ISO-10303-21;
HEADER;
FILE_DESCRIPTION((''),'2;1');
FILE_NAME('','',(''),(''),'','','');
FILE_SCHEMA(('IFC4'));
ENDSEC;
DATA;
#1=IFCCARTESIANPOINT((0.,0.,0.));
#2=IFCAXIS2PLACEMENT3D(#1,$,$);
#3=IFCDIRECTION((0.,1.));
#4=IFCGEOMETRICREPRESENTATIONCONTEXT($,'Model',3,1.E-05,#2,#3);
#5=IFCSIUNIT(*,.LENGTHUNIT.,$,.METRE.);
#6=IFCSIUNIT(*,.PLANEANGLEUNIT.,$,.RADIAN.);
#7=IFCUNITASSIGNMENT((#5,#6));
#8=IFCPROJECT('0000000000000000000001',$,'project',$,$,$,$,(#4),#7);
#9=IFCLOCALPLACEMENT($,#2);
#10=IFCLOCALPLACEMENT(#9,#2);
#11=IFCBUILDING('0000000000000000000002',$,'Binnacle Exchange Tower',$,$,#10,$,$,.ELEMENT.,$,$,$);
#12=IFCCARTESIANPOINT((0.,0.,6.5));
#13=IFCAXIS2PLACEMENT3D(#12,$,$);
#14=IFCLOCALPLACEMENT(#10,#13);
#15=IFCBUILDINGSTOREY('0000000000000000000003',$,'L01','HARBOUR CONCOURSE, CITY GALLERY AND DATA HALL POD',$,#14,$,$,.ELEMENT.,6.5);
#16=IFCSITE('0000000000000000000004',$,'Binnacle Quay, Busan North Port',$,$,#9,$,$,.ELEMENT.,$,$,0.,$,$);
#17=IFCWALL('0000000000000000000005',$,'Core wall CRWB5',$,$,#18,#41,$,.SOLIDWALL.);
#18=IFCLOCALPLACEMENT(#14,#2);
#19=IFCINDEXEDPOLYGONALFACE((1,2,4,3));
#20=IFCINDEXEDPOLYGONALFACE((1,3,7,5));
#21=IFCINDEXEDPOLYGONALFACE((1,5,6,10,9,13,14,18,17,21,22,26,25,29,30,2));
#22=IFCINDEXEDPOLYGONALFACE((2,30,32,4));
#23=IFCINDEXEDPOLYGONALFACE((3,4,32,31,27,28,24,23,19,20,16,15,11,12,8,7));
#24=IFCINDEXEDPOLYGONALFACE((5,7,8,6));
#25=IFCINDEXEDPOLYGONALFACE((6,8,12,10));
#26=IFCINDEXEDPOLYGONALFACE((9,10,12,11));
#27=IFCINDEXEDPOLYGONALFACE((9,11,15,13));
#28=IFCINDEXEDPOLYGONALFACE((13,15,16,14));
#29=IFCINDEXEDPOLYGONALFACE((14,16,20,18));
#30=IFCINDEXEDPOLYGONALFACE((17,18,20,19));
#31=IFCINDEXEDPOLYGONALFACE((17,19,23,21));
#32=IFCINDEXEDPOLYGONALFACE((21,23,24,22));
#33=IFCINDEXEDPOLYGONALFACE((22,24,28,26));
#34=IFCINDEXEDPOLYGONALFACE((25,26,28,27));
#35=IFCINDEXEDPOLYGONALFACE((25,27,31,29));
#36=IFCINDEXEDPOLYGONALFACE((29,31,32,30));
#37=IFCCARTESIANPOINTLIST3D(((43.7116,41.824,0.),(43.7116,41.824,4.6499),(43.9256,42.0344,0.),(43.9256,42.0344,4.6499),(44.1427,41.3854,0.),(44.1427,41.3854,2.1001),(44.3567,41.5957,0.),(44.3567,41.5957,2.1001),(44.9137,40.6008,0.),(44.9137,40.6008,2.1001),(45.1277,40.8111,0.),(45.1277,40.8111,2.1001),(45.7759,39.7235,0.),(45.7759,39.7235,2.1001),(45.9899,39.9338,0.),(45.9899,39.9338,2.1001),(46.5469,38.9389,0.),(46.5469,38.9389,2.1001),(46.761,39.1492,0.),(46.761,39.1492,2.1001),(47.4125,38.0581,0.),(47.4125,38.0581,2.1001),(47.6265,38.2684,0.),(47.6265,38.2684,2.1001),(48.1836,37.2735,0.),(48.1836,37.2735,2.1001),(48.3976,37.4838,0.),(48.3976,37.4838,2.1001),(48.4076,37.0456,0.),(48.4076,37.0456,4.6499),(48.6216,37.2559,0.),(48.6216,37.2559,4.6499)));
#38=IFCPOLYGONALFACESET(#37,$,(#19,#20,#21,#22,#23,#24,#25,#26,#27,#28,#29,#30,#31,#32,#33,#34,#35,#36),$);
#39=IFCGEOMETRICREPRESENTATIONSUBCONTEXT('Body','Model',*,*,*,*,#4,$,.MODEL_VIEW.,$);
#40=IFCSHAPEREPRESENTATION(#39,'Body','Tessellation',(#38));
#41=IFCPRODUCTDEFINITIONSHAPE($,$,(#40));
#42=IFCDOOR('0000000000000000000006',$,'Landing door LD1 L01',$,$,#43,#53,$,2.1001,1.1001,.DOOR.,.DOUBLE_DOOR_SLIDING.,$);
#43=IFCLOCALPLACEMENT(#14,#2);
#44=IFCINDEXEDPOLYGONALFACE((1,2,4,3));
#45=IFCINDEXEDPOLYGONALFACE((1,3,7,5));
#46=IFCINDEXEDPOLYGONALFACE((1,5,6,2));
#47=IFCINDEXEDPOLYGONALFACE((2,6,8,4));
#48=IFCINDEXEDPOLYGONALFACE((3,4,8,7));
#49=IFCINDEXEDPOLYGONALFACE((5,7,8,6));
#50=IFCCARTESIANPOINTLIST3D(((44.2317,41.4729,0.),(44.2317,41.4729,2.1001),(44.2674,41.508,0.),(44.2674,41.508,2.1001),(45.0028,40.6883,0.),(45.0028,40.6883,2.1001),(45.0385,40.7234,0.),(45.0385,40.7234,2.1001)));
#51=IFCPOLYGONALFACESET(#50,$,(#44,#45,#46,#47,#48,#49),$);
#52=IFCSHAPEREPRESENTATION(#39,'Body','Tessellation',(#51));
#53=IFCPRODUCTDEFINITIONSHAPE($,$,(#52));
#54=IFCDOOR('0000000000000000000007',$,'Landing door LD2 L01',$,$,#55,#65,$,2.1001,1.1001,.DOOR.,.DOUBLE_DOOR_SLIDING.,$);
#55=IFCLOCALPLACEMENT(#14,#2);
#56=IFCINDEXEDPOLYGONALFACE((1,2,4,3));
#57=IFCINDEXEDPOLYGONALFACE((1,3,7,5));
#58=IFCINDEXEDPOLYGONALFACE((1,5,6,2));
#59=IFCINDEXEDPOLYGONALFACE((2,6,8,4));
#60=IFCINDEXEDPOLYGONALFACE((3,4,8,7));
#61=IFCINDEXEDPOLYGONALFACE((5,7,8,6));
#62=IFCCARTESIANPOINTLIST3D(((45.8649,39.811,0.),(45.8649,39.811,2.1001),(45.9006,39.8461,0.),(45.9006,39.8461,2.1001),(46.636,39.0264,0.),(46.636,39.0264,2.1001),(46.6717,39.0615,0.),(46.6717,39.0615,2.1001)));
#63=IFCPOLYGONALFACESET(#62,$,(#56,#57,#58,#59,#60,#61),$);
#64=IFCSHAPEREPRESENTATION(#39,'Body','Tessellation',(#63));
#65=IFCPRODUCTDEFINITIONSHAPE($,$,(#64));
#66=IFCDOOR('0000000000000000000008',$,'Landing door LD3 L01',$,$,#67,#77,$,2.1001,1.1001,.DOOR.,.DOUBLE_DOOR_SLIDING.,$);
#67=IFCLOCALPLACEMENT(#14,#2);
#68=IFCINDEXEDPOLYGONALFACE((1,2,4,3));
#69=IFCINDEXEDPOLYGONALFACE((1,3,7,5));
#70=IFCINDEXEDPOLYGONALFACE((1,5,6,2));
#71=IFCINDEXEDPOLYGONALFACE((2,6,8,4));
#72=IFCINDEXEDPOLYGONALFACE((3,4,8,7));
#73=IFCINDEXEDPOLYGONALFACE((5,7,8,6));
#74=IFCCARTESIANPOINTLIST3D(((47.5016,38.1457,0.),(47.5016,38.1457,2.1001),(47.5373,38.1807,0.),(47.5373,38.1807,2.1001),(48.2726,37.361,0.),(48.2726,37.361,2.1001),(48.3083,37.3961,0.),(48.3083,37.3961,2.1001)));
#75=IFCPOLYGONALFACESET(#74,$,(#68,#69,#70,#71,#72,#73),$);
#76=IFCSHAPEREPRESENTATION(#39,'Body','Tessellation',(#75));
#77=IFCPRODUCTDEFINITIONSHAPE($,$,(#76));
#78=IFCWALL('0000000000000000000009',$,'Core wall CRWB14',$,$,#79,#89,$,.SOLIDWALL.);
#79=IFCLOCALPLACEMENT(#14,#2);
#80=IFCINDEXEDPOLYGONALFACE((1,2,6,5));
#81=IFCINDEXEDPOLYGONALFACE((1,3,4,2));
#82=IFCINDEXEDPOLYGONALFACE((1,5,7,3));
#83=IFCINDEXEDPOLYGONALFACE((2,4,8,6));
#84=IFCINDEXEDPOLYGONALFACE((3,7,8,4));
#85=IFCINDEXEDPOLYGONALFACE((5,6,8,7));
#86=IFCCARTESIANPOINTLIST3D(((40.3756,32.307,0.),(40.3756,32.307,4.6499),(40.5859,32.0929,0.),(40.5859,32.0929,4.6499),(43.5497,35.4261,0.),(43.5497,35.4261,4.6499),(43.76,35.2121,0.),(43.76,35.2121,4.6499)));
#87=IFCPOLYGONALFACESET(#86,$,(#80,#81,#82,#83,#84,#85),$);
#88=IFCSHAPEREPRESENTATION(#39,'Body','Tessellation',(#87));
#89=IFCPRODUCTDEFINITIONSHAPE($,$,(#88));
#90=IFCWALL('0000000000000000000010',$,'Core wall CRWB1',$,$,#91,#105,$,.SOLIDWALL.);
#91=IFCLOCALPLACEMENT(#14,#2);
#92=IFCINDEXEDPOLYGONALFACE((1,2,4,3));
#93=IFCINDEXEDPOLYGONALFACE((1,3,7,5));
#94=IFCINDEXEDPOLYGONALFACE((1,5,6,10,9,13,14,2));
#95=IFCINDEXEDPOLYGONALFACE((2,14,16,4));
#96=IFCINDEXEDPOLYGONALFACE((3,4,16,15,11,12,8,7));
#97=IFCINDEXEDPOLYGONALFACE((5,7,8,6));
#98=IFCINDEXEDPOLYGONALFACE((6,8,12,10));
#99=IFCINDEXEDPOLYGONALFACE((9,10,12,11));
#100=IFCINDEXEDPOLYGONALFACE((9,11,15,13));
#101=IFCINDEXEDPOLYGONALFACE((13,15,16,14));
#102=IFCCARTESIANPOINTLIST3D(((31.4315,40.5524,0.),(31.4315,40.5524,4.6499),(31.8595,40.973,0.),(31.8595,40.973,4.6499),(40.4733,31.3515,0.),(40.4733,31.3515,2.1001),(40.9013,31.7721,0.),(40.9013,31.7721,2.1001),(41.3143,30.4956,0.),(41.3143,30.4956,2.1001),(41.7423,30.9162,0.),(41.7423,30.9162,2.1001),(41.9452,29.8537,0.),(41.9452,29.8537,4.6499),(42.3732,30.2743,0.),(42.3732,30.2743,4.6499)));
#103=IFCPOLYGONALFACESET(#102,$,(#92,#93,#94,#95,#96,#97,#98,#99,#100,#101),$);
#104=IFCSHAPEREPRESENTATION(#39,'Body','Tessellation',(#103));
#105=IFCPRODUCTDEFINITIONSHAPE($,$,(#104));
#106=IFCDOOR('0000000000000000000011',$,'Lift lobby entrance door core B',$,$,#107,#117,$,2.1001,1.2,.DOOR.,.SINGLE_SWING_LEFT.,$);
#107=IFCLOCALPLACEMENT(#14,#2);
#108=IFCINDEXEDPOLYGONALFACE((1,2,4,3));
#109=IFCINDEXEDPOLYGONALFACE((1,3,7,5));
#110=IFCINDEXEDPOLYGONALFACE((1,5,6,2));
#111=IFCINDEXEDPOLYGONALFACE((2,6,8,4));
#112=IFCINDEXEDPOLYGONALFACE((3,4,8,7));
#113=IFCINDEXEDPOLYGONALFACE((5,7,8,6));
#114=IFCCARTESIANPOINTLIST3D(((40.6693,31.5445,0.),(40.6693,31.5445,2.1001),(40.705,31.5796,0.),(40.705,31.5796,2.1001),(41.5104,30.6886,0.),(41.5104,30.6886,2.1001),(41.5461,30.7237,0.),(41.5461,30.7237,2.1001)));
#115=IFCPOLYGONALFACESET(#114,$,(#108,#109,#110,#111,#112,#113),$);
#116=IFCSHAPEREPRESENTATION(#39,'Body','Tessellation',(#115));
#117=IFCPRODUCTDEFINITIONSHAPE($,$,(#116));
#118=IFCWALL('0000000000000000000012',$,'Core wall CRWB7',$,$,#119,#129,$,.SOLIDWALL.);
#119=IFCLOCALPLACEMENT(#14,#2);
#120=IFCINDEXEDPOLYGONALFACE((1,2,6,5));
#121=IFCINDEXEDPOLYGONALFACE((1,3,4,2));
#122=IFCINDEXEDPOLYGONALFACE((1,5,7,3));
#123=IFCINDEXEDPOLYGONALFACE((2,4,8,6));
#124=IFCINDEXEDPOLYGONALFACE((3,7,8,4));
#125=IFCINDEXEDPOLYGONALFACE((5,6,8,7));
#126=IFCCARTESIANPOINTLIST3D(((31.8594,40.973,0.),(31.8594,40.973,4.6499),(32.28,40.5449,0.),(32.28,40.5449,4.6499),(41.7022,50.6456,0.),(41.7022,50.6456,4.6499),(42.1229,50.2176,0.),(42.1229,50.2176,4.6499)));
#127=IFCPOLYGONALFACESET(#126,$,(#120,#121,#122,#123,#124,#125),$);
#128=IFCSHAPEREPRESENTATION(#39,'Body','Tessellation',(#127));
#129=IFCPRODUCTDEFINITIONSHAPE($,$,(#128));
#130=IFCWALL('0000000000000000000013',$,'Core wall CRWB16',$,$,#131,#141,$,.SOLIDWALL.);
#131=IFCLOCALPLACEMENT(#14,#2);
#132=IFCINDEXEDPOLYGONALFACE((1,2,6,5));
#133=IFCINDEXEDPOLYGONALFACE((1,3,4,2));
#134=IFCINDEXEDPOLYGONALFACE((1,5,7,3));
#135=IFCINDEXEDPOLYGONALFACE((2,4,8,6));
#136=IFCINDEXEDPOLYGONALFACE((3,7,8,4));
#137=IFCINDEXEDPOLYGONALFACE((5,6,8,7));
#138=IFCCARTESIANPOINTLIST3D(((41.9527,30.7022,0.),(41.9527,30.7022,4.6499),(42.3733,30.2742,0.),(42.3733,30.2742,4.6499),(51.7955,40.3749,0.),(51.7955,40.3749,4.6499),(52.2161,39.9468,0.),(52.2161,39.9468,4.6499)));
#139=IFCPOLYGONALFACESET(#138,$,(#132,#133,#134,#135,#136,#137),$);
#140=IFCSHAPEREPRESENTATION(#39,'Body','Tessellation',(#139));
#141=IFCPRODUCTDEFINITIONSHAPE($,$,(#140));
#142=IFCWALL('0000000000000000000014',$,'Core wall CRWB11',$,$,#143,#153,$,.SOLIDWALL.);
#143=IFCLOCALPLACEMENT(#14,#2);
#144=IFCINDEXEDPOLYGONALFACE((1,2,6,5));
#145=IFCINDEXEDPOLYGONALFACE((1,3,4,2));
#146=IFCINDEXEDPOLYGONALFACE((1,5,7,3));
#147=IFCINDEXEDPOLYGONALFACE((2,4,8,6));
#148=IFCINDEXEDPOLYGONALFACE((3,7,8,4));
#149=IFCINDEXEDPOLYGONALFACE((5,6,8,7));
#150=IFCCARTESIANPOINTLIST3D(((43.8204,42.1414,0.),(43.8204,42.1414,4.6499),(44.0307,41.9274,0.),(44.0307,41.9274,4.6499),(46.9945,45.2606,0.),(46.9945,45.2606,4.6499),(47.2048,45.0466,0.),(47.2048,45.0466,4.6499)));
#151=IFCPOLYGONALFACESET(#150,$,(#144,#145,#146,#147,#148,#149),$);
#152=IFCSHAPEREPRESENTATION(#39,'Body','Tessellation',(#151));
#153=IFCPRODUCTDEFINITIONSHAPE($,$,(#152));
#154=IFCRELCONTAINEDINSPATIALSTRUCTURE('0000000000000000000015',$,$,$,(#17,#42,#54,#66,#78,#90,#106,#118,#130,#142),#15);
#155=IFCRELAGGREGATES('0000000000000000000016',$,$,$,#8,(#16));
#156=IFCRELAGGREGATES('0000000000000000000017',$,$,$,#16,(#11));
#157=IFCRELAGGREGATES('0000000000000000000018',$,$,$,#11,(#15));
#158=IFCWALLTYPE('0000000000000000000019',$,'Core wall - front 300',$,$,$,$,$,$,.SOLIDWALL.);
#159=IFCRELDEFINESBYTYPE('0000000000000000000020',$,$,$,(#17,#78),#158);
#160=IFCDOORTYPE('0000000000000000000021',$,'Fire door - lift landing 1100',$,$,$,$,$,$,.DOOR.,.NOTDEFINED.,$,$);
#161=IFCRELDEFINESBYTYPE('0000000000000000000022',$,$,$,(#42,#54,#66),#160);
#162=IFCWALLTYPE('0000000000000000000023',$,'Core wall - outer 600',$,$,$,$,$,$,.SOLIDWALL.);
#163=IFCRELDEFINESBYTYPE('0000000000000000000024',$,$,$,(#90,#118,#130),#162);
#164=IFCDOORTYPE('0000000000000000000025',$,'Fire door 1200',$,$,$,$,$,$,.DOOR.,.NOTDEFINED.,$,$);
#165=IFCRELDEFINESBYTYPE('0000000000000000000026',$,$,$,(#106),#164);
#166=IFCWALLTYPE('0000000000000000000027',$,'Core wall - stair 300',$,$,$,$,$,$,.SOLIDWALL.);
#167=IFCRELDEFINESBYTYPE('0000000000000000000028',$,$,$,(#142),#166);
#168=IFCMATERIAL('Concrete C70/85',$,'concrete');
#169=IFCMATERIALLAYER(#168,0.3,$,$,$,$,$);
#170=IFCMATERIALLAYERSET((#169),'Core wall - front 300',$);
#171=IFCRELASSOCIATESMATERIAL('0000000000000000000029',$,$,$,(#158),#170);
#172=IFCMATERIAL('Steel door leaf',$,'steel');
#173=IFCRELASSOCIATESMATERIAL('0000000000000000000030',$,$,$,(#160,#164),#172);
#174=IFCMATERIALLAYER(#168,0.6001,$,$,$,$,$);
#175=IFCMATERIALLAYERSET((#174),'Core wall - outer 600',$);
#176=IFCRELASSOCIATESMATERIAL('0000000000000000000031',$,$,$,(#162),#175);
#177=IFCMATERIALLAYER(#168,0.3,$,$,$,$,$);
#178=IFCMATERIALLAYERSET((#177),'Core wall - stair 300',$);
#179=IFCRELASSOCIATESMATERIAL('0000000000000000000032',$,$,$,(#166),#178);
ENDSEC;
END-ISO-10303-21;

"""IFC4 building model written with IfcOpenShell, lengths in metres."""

from ifc_helpers import new_model, si_unit, direction, frame, frame_2d, origin, place, context, subcontext, project, spatial, rectangle, extrude, material, layer, layer_set, type_object, element, fill, save


model = new_model("IFC4")

# Units and contexts
model_context = context("Model", 3, precision=1e-05, world=origin(), true_north=direction((0.0, 1.0)))
body_context = subcontext(model_context, "Body", "Model", "MODEL_VIEW")
ifc_project = project(units=[si_unit("LENGTHUNIT", "METRE"), si_unit("PLANEANGLEUNIT", "RADIAN")], contexts=[model_context])

# Site, building, storey
site_placement = place(None, origin())
site = spatial("IfcSite", under=ifc_project, at=site_placement, Name="Binnacle Quay, Busan North Port", CompositionType="ELEMENT", RefElevation=0.0)
building_placement = place(site_placement, origin())
building = spatial("IfcBuilding", under=site, at=building_placement, Name="Binnacle Exchange Tower", CompositionType="ELEMENT")
storey_placement = place(building_placement, frame((0.0, 0.0, 6.5)))
storey = spatial("IfcBuildingStorey", under=building, at=storey_placement, Name="L01", Description="HARBOUR CONCOURSE, CITY GALLERY AND DATA HALL POD", CompositionType="ELEMENT", Elevation=6.5)

# Shared definitions
ifc_material_1 = material(Name="Concrete C70/85", Category="concrete")

# Wall, openings, doors
ifc_layer_1 = layer(ifc_material_1, 0.3)
ifc_layer_set_1 = layer_set([ifc_layer_1], Name="Core wall - front 300")
wall_type_1 = type_object("IfcWallType", Name="Core wall - front 300", PredefinedType="SOLIDWALL", material=ifc_layer_set_1)
ifc_material_2 = material(Name="Steel door leaf", Category="steel")
door_type_1 = type_object("IfcDoorType", Name="Fire door - lift landing 1100", OperationType="NOTDEFINED", PredefinedType="DOOR", material=ifc_material_2)
wall_1_placement = place(storey_placement, frame((43.8186, 41.9292, 0.0), z_axis=(0.0, 0.0, 1.0), x_axis=(0.700922, -0.713238, 0.0)))
wall_1 = element("IfcWall", 1, at=wall_1_placement, inside=storey, type_object=wall_type_1, Name="Core wall CRWB5", PredefinedType="SOLIDWALL", context=body_context, shape_type="SweptSolid", body=[
    extrude(rectangle(XDim=6.6997, YDim=0.3, at=frame_2d((3.3499, 0.0))), origin(), (0.0, 0.0, 1.0), 4.6499),
])
opening_1_placement = place(wall_1_placement, frame((0.615, 0.0, 0.0)))
opening_1 = element("IfcOpeningElement", 2, at=opening_1_placement, cuts=wall_1, PredefinedType="OPENING", context=body_context, shape_type="SweptSolid", body=[
    extrude(rectangle(XDim=1.1001, YDim=2.1001, at=frame_2d((0.55, 1.05))), frame((0.0, 0.1599, 0.0), z_axis=(0.0, -1.0, 0.0), x_axis=(1.0, 0.0, 0.0)), (0.0, 0.0, 1.0), 0.3201),
])
opening_2_placement = place(wall_1_placement, frame((2.9451, 0.0, 0.0)))
opening_2 = element("IfcOpeningElement", 3, at=opening_2_placement, cuts=wall_1, PredefinedType="OPENING", context=body_context, shape_type="SweptSolid", body=[
    extrude(rectangle(XDim=1.1001, YDim=2.1001, at=frame_2d((0.55, 1.05))), frame((0.0, 0.1599, 0.0), z_axis=(0.0, -1.0, 0.0), x_axis=(1.0, 0.0, 0.0)), (0.0, 0.0, 1.0), 0.3201),
])
opening_3_placement = place(wall_1_placement, frame((5.28, 0.0, 0.0)))
opening_3 = element("IfcOpeningElement", 4, at=opening_3_placement, cuts=wall_1, PredefinedType="OPENING", context=body_context, shape_type="SweptSolid", body=[
    extrude(rectangle(XDim=1.1001, YDim=2.1001, at=frame_2d((0.55, 1.05))), frame((0.0, 0.1599, 0.0), z_axis=(0.0, -1.0, 0.0), x_axis=(1.0, 0.0, 0.0)), (0.0, 0.0, 1.0), 0.3201),
])
door_1_placement = place(opening_1_placement, origin())
door_1 = element("IfcDoor", 5, at=door_1_placement, inside=storey, type_object=door_type_1, Name="Landing door LD1 L01", OperationType="DOUBLE_DOOR_SLIDING", OverallHeight=2.1001, OverallWidth=1.1001, PredefinedType="DOOR", context=body_context, shape_type="SweptSolid", body=[
    extrude(rectangle(XDim=1.1001, YDim=2.1001, at=frame_2d((0.55, 1.05))), frame((0.0, 0.0249, 0.0), z_axis=(0.0, -1.0, 0.0), x_axis=(1.0, 0.0, 0.0)), (0.0, 0.0, 1.0), 0.05),
])
fill(opening_1, door_1)
door_2_placement = place(opening_2_placement, origin())
door_2 = element("IfcDoor", 6, at=door_2_placement, inside=storey, type_object=door_type_1, Name="Landing door LD2 L01", OperationType="DOUBLE_DOOR_SLIDING", OverallHeight=2.1001, OverallWidth=1.1001, PredefinedType="DOOR", context=body_context, shape_type="SweptSolid", body=[
    extrude(rectangle(XDim=1.1001, YDim=2.1001, at=frame_2d((0.55, 1.05))), frame((0.0, 0.0249, 0.0), z_axis=(0.0, -1.0, 0.0), x_axis=(1.0, 0.0, 0.0)), (0.0, 0.0, 1.0), 0.05),
])
fill(opening_2, door_2)
door_3_placement = place(opening_3_placement, origin())
door_3 = element("IfcDoor", 7, at=door_3_placement, inside=storey, type_object=door_type_1, Name="Landing door LD3 L01", OperationType="DOUBLE_DOOR_SLIDING", OverallHeight=2.1001, OverallWidth=1.1001, PredefinedType="DOOR", context=body_context, shape_type="SweptSolid", body=[
    extrude(rectangle(XDim=1.1001, YDim=2.1001, at=frame_2d((0.55, 1.05))), frame((0.0, 0.0249, 0.0), z_axis=(0.0, -1.0, 0.0), x_axis=(1.0, 0.0, 0.0)), (0.0, 0.0, 1.0), 0.05),
])
fill(opening_3, door_3)

# Wall
wall_2_placement = place(storey_placement, frame((40.4807, 32.2, 0.0), z_axis=(0.0, 0.0, 1.0), x_axis=(0.713252, 0.700908, 0.0)))
element("IfcWall", 8, at=wall_2_placement, inside=storey, type_object=wall_type_1, Name="Core wall CRWB14", PredefinedType="SOLIDWALL", context=body_context, shape_type="SweptSolid", body=[
    extrude(rectangle(XDim=4.4502, YDim=0.3, at=frame_2d((2.2251, 0.0))), origin(), (0.0, 0.0, 1.0), 4.6499),
])

# Wall, opening, door
ifc_layer_2 = layer(ifc_material_1, 0.6001)
ifc_layer_set_2 = layer_set([ifc_layer_2], Name="Core wall - outer 600")
wall_type_2 = type_object("IfcWallType", Name="Core wall - outer 600", PredefinedType="SOLIDWALL", material=ifc_layer_set_2)
wall_3_placement = place(storey_placement, frame((31.6455, 40.7627, 0.0), z_axis=(0.0, 0.0, 1.0), x_axis=(0.700911, -0.713248, 0.0)))
wall_3 = element("IfcWall", 9, at=wall_3_placement, inside=storey, type_object=wall_type_2, Name="Core wall CRWB1", PredefinedType="SOLIDWALL", context=body_context, shape_type="SweptSolid", body=[
    extrude(rectangle(XDim=15.0, YDim=0.6001, at=frame_2d((7.5, 0.0))), origin(), (0.0, 0.0, 1.0), 4.6499),
])
opening_4_placement = place(wall_3_placement, frame((12.8999, 0.0, 0.0)))
opening_4 = element("IfcOpeningElement", 10, at=opening_4_placement, cuts=wall_3, PredefinedType="OPENING", context=body_context, shape_type="SweptSolid", body=[
    extrude(rectangle(XDim=1.2, YDim=2.1001, at=frame_2d((0.6001, 1.05))), frame((0.0, 0.3101, 0.0), z_axis=(0.0, -1.0, 0.0), x_axis=(1.0, 0.0, 0.0)), (0.0, 0.0, 1.0), 0.6201),
])
door_type_2 = type_object("IfcDoorType", Name="Fire door 1200", OperationType="NOTDEFINED", PredefinedType="DOOR", material=ifc_material_2)
door_4_placement = place(opening_4_placement, frame((1.2, 0.0, 0.0), z_axis=(0.0, 0.0, 1.0), x_axis=(-1.0, 0.0, 0.0)))
door_4 = element("IfcDoor", 11, at=door_4_placement, inside=storey, type_object=door_type_2, Name="Lift lobby entrance door core B", OperationType="SINGLE_SWING_LEFT", OverallHeight=2.1001, OverallWidth=1.2, PredefinedType="DOOR", context=body_context, shape_type="SweptSolid", body=[
    extrude(rectangle(XDim=1.2, YDim=2.1001, at=frame_2d((0.6001, 1.05))), frame((0.0, 0.0249, 0.0), z_axis=(0.0, -1.0, 0.0), x_axis=(1.0, 0.0, 0.0)), (0.0, 0.0, 1.0), 0.05),
])
fill(opening_4, door_4)

# Walls
for number, where, z_axis, x_axis, name in (
    (12, (32.0698, 40.759, 0.0), (0.0, 0.0, 1.0), (0.713245, 0.700914, 0.0), "Core wall CRWB7"),
    (13, (42.1631, 30.4883, 0.0), (0.0, 0.0, 1.0), (0.713245, 0.700914, 0.0), "Core wall CRWB16"),
):
    element("IfcWall", number, at=place(storey_placement, frame(where, z_axis=z_axis, x_axis=x_axis)), inside=storey, type_object=wall_type_2, Name=name, PredefinedType="SOLIDWALL", context=body_context, shape_type="SweptSolid", body=[
        extrude(rectangle(XDim=13.8, YDim=0.6001, at=frame_2d((6.8999, 0.0))), origin(), (0.0, 0.0, 1.0), 4.6499),
    ])
ifc_layer_3 = layer(ifc_material_1, 0.3)
ifc_layer_set_3 = layer_set([ifc_layer_3], Name="Core wall - stair 300")
wall_type_3 = type_object("IfcWallType", Name="Core wall - stair 300", PredefinedType="SOLIDWALL", material=ifc_layer_set_3)
wall_4_placement = place(storey_placement, frame((43.9255, 42.0344, 0.0), z_axis=(0.0, 0.0, 1.0), x_axis=(0.713252, 0.700908, 0.0)))
element("IfcWall", 14, at=wall_4_placement, inside=storey, type_object=wall_type_3, Name="Core wall CRWB11", PredefinedType="SOLIDWALL", context=body_context, shape_type="SweptSolid", body=[
    extrude(rectangle(XDim=4.4502, YDim=0.3, at=frame_2d((2.2251, 0.0))), origin(), (0.0, 0.0, 1.0), 4.6499),
])

save(model, "model.ifc")
